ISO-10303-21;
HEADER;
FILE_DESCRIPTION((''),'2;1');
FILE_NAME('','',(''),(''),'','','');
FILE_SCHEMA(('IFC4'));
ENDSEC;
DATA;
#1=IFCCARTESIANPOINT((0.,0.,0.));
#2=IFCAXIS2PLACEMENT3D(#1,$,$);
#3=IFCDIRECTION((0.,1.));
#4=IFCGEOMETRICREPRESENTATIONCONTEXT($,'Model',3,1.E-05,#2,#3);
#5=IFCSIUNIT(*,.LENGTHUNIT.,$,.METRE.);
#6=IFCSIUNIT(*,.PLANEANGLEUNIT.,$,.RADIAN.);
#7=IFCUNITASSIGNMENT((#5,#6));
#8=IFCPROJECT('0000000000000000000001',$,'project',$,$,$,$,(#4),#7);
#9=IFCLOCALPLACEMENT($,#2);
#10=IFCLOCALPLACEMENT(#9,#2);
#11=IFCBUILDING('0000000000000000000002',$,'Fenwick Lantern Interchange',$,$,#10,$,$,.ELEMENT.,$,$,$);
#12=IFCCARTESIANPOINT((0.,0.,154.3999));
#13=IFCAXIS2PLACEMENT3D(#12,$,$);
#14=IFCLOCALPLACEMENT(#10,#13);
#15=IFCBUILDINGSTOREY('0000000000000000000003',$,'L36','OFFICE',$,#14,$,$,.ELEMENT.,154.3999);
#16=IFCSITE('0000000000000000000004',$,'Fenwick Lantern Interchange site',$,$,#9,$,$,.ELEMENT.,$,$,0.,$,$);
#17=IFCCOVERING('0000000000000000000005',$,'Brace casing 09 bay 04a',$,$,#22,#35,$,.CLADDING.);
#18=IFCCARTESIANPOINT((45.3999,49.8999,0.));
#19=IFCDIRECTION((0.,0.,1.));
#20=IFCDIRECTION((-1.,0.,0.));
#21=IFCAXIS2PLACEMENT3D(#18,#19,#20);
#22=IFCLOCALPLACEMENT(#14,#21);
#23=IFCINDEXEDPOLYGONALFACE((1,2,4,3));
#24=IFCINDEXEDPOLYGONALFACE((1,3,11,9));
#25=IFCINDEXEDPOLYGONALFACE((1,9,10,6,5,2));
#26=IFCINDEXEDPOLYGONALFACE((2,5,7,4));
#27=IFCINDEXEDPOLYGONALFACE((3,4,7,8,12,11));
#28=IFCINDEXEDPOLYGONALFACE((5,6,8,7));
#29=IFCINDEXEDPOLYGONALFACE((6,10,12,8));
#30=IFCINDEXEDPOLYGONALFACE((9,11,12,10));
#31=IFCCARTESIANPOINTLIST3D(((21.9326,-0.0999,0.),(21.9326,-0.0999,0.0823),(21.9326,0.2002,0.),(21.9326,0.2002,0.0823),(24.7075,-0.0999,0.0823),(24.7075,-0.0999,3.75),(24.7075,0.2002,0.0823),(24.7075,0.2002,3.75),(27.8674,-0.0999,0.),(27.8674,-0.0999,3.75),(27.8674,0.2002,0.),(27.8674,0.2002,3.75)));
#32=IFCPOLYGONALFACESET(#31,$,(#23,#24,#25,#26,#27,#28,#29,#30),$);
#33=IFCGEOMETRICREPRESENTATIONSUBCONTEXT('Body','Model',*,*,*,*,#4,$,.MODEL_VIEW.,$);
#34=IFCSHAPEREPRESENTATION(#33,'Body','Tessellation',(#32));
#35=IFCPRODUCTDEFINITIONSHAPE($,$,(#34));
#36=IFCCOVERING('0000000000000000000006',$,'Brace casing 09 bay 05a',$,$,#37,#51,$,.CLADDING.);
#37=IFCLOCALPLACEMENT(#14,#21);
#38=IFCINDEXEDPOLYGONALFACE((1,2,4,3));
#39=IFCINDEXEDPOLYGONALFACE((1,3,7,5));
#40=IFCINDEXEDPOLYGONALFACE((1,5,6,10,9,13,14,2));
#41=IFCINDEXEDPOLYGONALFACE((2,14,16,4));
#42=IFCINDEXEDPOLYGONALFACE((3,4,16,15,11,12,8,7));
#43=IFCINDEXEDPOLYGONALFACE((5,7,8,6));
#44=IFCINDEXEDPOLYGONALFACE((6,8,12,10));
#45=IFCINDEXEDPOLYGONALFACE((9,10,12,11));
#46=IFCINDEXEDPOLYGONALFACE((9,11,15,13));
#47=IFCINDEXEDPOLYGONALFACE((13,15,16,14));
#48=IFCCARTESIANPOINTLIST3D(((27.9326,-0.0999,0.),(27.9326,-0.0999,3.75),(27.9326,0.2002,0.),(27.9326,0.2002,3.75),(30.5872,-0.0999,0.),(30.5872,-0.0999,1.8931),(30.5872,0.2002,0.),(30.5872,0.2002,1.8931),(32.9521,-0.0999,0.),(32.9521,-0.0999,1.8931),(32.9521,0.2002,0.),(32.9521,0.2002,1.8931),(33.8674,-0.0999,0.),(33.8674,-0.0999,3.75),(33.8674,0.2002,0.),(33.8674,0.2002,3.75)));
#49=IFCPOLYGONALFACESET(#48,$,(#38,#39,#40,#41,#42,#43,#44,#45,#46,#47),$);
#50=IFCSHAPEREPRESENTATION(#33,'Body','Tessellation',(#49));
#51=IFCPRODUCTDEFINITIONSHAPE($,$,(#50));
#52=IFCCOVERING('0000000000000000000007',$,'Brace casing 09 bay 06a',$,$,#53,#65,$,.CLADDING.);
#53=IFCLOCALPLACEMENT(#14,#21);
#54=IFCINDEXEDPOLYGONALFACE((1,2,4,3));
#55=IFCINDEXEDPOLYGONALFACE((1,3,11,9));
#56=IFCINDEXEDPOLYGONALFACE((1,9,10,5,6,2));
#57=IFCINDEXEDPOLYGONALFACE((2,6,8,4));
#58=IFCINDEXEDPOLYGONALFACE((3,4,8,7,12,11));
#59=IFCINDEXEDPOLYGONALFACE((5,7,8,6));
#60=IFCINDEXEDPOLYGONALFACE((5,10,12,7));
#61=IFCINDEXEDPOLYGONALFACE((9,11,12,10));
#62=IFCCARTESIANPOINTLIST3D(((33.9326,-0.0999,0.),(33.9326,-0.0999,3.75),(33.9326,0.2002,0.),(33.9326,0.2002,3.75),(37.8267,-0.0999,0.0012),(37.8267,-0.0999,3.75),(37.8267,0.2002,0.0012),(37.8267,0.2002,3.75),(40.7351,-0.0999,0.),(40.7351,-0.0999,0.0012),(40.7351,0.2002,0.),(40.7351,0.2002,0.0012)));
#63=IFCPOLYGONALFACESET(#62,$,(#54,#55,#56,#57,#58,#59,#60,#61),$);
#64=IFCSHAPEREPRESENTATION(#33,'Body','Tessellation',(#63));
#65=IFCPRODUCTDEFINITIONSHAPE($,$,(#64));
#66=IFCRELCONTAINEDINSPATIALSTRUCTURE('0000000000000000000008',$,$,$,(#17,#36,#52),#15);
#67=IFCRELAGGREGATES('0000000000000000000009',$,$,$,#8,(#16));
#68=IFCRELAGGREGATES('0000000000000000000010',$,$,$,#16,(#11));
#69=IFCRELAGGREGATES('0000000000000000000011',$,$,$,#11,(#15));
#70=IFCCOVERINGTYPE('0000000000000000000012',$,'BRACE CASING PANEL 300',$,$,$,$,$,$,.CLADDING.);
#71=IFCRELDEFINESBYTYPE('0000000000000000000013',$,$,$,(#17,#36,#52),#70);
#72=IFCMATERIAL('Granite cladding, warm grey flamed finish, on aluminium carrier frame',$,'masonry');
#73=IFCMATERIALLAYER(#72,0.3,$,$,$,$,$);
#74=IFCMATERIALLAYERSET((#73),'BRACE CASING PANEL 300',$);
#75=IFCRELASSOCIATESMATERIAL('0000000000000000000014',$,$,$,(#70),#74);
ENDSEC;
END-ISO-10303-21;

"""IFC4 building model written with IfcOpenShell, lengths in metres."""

from ifc_helpers import new_model, si_unit, direction, frame, origin, place, context, subcontext, project, spatial, polyline, outline, extrude, material, layer, layer_set, type_object, element, save


model = new_model("IFC4")

# Units and contexts
model_context = context("Model", 3, precision=1e-05, world=origin(), true_north=direction((0.0, 1.0)))
body_context = subcontext(model_context, "Body", "Model", "MODEL_VIEW")
ifc_project = project(units=[si_unit("LENGTHUNIT", "METRE"), si_unit("PLANEANGLEUNIT", "RADIAN")], contexts=[model_context])

# Site, building, storey
site_placement = place(None, origin())
site = spatial("IfcSite", under=ifc_project, at=site_placement, Name="Fenwick Lantern Interchange site", CompositionType="ELEMENT", RefElevation=0.0)
building_placement = place(site_placement, origin())
building = spatial("IfcBuilding", under=site, at=building_placement, Name="Fenwick Lantern Interchange", CompositionType="ELEMENT")
storey_placement = place(building_placement, frame((0.0, 0.0, 154.3999)))
storey = spatial("IfcBuildingStorey", under=building, at=storey_placement, Name="L36", Description="OFFICE", CompositionType="ELEMENT", Elevation=154.3999)

# Coverings
ifc_material_1 = material(Name="Granite cladding, warm grey flamed finish, on aluminium carrier frame", Category="masonry")
ifc_layer_1 = layer(ifc_material_1, 0.3)
ifc_layer_set_1 = layer_set([ifc_layer_1], Name="BRACE CASING PANEL 300")
covering_type = type_object("IfcCoveringType", Name="BRACE CASING PANEL 300", PredefinedType="CLADDING", material=ifc_layer_set_1)
covering_1_placement = place(storey_placement, frame((45.3999, 49.8999, 0.0), z_axis=(0.0, 0.0, 1.0), x_axis=(-1.0, 0.0, 0.0)))
element("IfcCovering", 1, at=covering_1_placement, inside=storey, type_object=covering_type, Name="Brace casing 09 bay 04a", PredefinedType="CLADDING", context=body_context, shape_type="SweptSolid", body=[
    extrude(outline(polyline([(21.9326, 0.0), (27.8674, 0.0), (27.8674, 3.75), (24.7075, 3.75), (24.7075, 0.0823), (21.9326, 0.0823), (21.9326, 0.0)])), frame((0.0, 0.2002, 0.0), z_axis=(0.0, -1.0, 0.0), x_axis=(1.0, 0.0, 0.0)), (0.0, 0.0, 1.0), 0.3),
])
covering_2_placement = place(storey_placement, frame((45.3999, 49.8999, 0.0), z_axis=(0.0, 0.0, 1.0), x_axis=(-1.0, 0.0, 0.0)))
element("IfcCovering", 2, at=covering_2_placement, inside=storey, type_object=covering_type, Name="Brace casing 09 bay 05a", PredefinedType="CLADDING", context=body_context, shape_type="SweptSolid", body=[
    extrude(outline(polyline([(27.9326, 0.0), (30.5872, 0.0), (30.5872, 1.8931), (32.9521, 1.8931), (32.9521, 0.0), (33.8674, 0.0), (33.8674, 3.75), (27.9326, 3.75), (27.9326, 0.0)])), frame((0.0, 0.2002, 0.0), z_axis=(0.0, -1.0, 0.0), x_axis=(1.0, 0.0, 0.0)), (0.0, 0.0, 1.0), 0.3),
])
covering_3_placement = place(storey_placement, frame((45.3999, 49.8999, 0.0), z_axis=(0.0, 0.0, 1.0), x_axis=(-1.0, 0.0, 0.0)))
element("IfcCovering", 3, at=covering_3_placement, inside=storey, type_object=covering_type, Name="Brace casing 09 bay 06a", PredefinedType="CLADDING", context=body_context, shape_type="SweptSolid", body=[
    extrude(outline(polyline([(33.9326, 0.0), (40.7351, 0.0), (40.7351, 0.0012), (37.8267, 0.0012), (37.8267, 3.75), (33.9326, 3.75), (33.9326, 0.0)])), frame((0.0, 0.2002, 0.0), z_axis=(0.0, -1.0, 0.0), x_axis=(1.0, 0.0, 0.0)), (0.0, 0.0, 1.0), 0.3),
])

save(model, "model.ifc")
